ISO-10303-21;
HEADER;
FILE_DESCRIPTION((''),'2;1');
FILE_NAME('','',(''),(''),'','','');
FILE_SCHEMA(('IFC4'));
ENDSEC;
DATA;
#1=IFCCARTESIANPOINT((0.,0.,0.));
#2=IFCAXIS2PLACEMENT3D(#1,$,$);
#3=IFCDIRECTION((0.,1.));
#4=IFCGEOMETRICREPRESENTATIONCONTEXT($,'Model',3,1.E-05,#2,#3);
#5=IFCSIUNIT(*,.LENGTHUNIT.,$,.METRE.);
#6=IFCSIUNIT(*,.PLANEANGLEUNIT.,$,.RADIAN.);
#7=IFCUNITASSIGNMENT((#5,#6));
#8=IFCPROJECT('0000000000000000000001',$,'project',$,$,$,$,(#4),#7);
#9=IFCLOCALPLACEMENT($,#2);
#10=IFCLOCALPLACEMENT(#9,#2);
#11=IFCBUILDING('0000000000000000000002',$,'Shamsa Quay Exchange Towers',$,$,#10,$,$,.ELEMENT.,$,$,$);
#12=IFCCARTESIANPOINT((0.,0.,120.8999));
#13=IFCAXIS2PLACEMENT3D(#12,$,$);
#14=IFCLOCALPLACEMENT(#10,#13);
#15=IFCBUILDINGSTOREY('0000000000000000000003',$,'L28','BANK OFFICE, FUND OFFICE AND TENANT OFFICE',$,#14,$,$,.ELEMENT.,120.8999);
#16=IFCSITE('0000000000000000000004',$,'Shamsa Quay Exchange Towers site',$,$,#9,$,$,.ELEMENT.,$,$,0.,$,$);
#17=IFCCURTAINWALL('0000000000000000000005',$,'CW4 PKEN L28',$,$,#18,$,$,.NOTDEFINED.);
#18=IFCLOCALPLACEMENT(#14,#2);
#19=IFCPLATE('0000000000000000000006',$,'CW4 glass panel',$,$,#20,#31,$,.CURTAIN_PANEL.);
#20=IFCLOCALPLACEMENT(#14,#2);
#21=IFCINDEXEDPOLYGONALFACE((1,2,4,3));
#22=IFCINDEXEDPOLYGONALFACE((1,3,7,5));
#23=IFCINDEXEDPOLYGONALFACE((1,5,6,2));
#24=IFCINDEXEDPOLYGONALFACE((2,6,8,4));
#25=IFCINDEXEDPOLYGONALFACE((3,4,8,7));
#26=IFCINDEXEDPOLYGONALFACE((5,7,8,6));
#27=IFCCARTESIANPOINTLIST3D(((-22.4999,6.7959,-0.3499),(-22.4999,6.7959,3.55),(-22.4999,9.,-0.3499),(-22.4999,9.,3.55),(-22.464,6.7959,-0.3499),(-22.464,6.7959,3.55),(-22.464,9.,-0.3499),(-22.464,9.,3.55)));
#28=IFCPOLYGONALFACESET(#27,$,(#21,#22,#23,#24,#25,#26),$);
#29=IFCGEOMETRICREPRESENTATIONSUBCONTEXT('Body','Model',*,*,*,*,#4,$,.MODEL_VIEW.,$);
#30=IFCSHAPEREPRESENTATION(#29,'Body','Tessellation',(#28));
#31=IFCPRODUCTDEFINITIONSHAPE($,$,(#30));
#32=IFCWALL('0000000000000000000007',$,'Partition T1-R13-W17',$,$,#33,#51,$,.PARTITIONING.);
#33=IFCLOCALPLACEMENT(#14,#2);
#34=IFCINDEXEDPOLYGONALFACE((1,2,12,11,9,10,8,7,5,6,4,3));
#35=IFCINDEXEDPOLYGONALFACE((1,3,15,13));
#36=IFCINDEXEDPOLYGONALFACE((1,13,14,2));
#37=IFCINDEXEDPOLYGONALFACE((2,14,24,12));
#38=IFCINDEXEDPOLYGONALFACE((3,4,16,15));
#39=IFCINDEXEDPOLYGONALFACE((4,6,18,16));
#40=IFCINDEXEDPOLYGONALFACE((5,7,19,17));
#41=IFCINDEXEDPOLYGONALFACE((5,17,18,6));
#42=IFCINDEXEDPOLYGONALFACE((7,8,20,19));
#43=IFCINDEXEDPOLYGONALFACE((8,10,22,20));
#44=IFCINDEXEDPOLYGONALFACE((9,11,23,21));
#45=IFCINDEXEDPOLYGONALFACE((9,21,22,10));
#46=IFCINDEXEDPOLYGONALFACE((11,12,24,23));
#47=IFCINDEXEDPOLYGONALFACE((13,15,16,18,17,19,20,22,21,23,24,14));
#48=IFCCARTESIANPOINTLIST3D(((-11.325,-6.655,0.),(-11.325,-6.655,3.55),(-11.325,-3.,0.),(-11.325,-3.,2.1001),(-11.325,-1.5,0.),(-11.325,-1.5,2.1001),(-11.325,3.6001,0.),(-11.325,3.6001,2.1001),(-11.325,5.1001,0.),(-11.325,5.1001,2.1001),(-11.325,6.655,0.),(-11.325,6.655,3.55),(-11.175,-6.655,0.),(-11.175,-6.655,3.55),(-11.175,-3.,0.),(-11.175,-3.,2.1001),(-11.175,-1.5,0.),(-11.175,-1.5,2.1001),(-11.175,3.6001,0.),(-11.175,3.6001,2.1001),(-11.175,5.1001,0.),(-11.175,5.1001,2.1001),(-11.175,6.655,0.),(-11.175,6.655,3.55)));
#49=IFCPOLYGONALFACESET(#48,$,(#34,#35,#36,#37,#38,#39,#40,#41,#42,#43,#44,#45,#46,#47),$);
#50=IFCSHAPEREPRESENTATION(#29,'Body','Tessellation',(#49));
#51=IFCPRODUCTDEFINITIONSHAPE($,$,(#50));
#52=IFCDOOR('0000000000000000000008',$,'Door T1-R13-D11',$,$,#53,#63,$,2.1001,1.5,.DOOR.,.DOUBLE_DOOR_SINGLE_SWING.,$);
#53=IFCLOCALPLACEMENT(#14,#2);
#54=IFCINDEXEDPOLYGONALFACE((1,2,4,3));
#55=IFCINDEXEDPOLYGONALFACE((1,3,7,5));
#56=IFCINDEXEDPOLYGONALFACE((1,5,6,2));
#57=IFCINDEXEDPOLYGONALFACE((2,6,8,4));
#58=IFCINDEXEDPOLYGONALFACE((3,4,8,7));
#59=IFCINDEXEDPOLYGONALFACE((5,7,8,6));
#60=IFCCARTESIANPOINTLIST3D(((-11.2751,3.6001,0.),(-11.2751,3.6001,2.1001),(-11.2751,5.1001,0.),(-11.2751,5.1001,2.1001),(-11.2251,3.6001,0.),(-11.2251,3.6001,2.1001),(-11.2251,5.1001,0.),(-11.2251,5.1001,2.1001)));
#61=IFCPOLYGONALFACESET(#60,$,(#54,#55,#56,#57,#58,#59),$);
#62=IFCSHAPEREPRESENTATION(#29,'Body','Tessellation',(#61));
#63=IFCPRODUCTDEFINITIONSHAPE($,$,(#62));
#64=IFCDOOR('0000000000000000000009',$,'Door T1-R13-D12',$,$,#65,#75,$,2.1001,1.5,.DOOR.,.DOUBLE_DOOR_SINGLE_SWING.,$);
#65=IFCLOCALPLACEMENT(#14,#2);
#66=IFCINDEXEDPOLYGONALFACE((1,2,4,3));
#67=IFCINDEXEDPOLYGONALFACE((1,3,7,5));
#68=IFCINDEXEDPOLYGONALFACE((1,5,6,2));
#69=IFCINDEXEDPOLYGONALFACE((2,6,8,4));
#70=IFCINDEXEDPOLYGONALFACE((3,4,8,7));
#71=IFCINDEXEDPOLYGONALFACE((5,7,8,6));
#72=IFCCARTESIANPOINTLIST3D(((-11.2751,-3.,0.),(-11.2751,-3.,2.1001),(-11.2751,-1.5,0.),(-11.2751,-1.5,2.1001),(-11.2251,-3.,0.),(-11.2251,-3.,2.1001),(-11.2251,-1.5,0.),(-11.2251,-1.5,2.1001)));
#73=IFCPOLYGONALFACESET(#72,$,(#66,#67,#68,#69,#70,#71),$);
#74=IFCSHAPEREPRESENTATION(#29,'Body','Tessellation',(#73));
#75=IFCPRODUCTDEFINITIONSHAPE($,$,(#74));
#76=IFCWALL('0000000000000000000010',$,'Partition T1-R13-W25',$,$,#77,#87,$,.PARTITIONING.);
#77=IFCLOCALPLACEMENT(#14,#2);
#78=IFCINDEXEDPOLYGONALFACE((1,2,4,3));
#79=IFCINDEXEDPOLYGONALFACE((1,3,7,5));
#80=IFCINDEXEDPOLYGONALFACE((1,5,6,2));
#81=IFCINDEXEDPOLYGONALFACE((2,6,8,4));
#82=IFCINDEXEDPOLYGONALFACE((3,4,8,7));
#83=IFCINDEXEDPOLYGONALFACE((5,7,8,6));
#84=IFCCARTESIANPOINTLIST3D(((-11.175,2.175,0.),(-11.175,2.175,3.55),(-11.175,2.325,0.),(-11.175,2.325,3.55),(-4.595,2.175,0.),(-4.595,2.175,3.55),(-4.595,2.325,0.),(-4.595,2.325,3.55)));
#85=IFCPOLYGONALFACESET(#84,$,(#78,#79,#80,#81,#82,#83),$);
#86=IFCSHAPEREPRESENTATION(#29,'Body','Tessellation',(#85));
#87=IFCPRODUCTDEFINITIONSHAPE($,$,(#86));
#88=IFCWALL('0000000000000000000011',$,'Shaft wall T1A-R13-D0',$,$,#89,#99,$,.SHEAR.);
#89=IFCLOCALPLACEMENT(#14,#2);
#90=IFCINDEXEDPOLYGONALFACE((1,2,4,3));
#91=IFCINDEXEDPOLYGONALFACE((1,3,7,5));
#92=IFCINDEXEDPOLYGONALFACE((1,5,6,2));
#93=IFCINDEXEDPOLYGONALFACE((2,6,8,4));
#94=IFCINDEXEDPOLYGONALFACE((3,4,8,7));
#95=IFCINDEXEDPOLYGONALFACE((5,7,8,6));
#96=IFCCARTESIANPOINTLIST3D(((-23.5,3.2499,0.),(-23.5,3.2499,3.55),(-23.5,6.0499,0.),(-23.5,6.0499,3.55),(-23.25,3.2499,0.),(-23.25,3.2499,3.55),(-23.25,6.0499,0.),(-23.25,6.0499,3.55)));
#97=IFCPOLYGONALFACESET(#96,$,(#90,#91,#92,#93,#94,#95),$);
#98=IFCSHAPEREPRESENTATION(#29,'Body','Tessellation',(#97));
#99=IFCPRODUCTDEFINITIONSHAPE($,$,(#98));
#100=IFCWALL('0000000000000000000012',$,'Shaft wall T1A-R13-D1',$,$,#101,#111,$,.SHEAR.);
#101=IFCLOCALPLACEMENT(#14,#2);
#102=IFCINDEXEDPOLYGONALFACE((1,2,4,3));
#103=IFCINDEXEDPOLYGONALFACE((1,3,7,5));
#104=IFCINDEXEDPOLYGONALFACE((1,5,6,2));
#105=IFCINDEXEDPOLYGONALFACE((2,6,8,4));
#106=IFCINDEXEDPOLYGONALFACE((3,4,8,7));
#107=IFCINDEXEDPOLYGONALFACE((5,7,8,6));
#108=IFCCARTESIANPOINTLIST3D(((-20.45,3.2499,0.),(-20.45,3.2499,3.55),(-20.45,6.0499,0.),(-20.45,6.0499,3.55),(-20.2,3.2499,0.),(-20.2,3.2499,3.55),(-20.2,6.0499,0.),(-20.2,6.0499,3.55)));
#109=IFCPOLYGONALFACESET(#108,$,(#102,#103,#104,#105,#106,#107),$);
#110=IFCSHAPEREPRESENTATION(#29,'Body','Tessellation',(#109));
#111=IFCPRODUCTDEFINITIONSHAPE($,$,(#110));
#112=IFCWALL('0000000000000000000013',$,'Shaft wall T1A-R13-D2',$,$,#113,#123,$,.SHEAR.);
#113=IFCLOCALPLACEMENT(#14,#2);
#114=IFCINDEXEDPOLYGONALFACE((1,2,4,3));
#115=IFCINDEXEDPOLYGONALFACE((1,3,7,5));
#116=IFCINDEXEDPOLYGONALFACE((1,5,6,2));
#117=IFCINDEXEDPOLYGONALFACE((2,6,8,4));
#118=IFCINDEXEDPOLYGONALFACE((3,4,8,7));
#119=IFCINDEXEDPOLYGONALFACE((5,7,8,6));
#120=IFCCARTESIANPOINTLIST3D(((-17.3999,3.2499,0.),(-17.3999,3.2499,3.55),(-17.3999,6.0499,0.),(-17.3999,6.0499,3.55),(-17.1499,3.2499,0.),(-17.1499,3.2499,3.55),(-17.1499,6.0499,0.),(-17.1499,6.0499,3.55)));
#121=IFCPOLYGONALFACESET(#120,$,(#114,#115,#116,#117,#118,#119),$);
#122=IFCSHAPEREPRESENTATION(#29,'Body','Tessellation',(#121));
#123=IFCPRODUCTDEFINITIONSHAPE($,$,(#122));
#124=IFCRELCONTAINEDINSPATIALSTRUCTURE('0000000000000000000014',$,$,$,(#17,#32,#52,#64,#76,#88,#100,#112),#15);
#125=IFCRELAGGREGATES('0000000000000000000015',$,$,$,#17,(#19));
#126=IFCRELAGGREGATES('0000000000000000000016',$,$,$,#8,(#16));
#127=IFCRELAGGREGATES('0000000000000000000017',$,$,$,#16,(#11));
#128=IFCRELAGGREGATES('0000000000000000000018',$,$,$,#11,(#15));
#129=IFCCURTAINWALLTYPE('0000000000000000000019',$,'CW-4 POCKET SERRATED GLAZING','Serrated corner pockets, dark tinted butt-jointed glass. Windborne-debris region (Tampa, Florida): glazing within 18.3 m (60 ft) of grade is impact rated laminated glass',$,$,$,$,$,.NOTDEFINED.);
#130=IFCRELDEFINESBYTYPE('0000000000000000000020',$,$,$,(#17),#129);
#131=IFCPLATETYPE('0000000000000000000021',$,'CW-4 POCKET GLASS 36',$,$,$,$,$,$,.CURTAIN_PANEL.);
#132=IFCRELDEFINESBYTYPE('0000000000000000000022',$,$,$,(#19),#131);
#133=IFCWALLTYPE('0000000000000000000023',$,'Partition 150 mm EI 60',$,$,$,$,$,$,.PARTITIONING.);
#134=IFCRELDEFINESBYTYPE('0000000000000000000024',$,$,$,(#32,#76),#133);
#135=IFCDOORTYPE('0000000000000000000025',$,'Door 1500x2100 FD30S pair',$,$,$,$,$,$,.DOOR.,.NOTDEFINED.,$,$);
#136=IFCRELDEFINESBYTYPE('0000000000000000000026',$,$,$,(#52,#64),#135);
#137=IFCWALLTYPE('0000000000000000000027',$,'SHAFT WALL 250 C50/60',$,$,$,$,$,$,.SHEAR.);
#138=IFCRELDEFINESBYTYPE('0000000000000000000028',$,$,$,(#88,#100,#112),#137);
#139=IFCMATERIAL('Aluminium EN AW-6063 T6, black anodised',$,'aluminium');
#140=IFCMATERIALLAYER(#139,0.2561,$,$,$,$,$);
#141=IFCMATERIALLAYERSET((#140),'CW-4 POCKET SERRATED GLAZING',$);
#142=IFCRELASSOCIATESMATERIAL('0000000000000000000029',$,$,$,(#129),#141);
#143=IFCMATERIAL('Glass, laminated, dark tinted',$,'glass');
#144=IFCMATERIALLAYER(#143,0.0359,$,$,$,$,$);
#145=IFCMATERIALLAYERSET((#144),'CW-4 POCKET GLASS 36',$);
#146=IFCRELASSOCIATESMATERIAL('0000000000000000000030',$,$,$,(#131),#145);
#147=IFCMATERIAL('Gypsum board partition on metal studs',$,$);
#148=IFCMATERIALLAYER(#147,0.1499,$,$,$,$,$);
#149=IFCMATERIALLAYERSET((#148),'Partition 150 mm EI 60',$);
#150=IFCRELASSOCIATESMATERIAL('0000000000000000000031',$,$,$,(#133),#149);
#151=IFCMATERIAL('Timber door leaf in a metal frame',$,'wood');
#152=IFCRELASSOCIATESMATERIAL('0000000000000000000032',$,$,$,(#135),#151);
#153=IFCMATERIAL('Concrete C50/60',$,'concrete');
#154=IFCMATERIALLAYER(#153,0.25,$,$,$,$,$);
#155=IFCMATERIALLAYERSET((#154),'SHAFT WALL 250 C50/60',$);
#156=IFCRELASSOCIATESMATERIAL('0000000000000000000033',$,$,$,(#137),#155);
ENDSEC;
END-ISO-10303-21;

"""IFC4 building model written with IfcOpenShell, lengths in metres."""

from ifc_helpers import new_model, si_unit, direction, frame, frame_2d, origin, origin_2d, place, context, subcontext, project, spatial, rectangle, extrude, material, layer, layer_set, type_object, element, fill, aggregate, save


model = new_model("IFC4")

# Units and contexts
model_context = context("Model", 3, precision=1e-05, world=origin(), true_north=direction((0.0, 1.0)))
body_context = subcontext(model_context, "Body", "Model", "MODEL_VIEW")
ifc_project = project(units=[si_unit("LENGTHUNIT", "METRE"), si_unit("PLANEANGLEUNIT", "RADIAN")], contexts=[model_context])

# Site, building, storey
site_placement = place(None, origin())
site = spatial("IfcSite", under=ifc_project, at=site_placement, Name="Shamsa Quay Exchange Towers site", CompositionType="ELEMENT", RefElevation=0.0)
building_placement = place(site_placement, origin())
building = spatial("IfcBuilding", under=site, at=building_placement, Name="Shamsa Quay Exchange Towers", CompositionType="ELEMENT")
storey_placement = place(building_placement, frame((0.0, 0.0, 120.8999)))
storey = spatial("IfcBuildingStorey", under=building, at=storey_placement, Name="L28", Description="BANK OFFICE, FUND OFFICE AND TENANT OFFICE", CompositionType="ELEMENT", Elevation=120.8999)

# Shared definitions
ifc_material_1 = material(Name="Aluminium EN AW-6063 T6, black anodised", Category="aluminium")
ifc_material_2 = material(Name="Glass, laminated, dark tinted", Category="glass")

# Curtain wall, plate
ifc_layer_1 = layer(ifc_material_1, 0.2561)
ifc_layer_set_1 = layer_set([ifc_layer_1], Name="CW-4 POCKET SERRATED GLAZING")
curtain_wall_type_1 = type_object("IfcCurtainWallType", Name="CW-4 POCKET SERRATED GLAZING", Description="Serrated corner pockets, dark tinted butt-jointed glass. Windborne-debris region (Tampa, Florida): glazing within 18.3 m (60 ft) of grade is impact rated laminated glass", PredefinedType="NOTDEFINED", material=ifc_layer_set_1)
curtain_wall_1_placement = place(storey_placement, origin())
curtain_wall_1 = element("IfcCurtainWall", 1, at=curtain_wall_1_placement, inside=storey, type_object=curtain_wall_type_1, Name="CW4 PKEN L28", PredefinedType="NOTDEFINED")
ifc_layer_2 = layer(ifc_material_2, 0.0359)
ifc_layer_set_2 = layer_set([ifc_layer_2], Name="CW-4 POCKET GLASS 36")
plate_type_1 = type_object("IfcPlateType", Name="CW-4 POCKET GLASS 36", PredefinedType="CURTAIN_PANEL", material=ifc_layer_set_2)
plate_1_placement = place(storey_placement, frame((-22.4819, 7.8979, -0.3499), z_axis=(0.0, 0.0, 1.0), x_axis=(0.0, 1.0, 0.0)))
plate_1 = element("IfcPlate", 2, at=plate_1_placement, type_object=plate_type_1, Name="CW4 glass panel", PredefinedType="CURTAIN_PANEL", context=body_context, shape_type="SweptSolid", body=[
    extrude(rectangle(XDim=2.2041, YDim=0.0359, at=origin_2d()), origin(), (0.0, 0.0, 1.0), 3.8999),
])
aggregate(curtain_wall_1, [plate_1])

# Wall, openings, doors
ifc_material_3 = material(Name="Gypsum board partition on metal studs")
ifc_layer_3 = layer(ifc_material_3, 0.1499)
ifc_layer_set_3 = layer_set([ifc_layer_3], Name="Partition 150 mm EI 60")
wall_type_1 = type_object("IfcWallType", Name="Partition 150 mm EI 60", PredefinedType="PARTITIONING", material=ifc_layer_set_3)
wall_1_placement = place(storey_placement, frame((-11.25, 6.655, 0.0), z_axis=(0.0, 0.0, 1.0), x_axis=(0.0, -1.0, 0.0)))
wall_1 = element("IfcWall", 3, at=wall_1_placement, inside=storey, type_object=wall_type_1, Name="Partition T1-R13-W17", PredefinedType="PARTITIONING", context=body_context, shape_type="SweptSolid", body=[
    extrude(rectangle(XDim=13.3101, YDim=0.1499, at=frame_2d((6.655, 0.0))), origin(), (0.0, 0.0, 1.0), 3.55),
])
opening_1_placement = place(wall_1_placement, frame((1.5549, 0.0, 0.0)))
opening_1 = element("IfcOpeningElement", 4, at=opening_1_placement, cuts=wall_1, PredefinedType="OPENING", context=body_context, shape_type="SweptSolid", body=[
    extrude(rectangle(XDim=1.5, YDim=2.1001, at=frame_2d((0.75, 1.05))), frame((0.0, 0.085, 0.0), z_axis=(0.0, -1.0, 0.0), x_axis=(1.0, 0.0, 0.0)), (0.0, 0.0, 1.0), 0.1699),
])
opening_2_placement = place(wall_1_placement, frame((8.155, 0.0, 0.0)))
opening_2 = element("IfcOpeningElement", 5, at=opening_2_placement, cuts=wall_1, PredefinedType="OPENING", context=body_context, shape_type="SweptSolid", body=[
    extrude(rectangle(XDim=1.5, YDim=2.1001, at=frame_2d((0.75, 1.05))), frame((0.0, 0.085, 0.0), z_axis=(0.0, -1.0, 0.0), x_axis=(1.0, 0.0, 0.0)), (0.0, 0.0, 1.0), 0.1699),
])
ifc_material_4 = material(Name="Timber door leaf in a metal frame", Category="wood")
door_type_1 = type_object("IfcDoorType", Name="Door 1500x2100 FD30S pair", OperationType="NOTDEFINED", PredefinedType="DOOR", material=ifc_material_4)
door_1_placement = place(opening_1_placement, origin())
door_1 = element("IfcDoor", 6, at=door_1_placement, inside=storey, type_object=door_type_1, Name="Door T1-R13-D11", OperationType="DOUBLE_DOOR_SINGLE_SWING", OverallHeight=2.1001, OverallWidth=1.5, PredefinedType="DOOR", context=body_context, shape_type="SweptSolid", body=[
    extrude(rectangle(XDim=1.5, YDim=2.1001, at=frame_2d((0.75, 1.05))), frame((0.0, 0.0249, 0.0), z_axis=(0.0, -1.0, 0.0), x_axis=(1.0, 0.0, 0.0)), (0.0, 0.0, 1.0), 0.05),
])
fill(opening_1, door_1)
door_2_placement = place(opening_2_placement, origin())
door_2 = element("IfcDoor", 7, at=door_2_placement, inside=storey, type_object=door_type_1, Name="Door T1-R13-D12", OperationType="DOUBLE_DOOR_SINGLE_SWING", OverallHeight=2.1001, OverallWidth=1.5, PredefinedType="DOOR", context=body_context, shape_type="SweptSolid", body=[
    extrude(rectangle(XDim=1.5, YDim=2.1001, at=frame_2d((0.75, 1.05))), frame((0.0, 0.0249, 0.0), z_axis=(0.0, -1.0, 0.0), x_axis=(1.0, 0.0, 0.0)), (0.0, 0.0, 1.0), 0.05),
])
fill(opening_2, door_2)

# Walls
wall_2_placement = place(storey_placement, frame((-4.595, 2.25, 0.0), z_axis=(0.0, 0.0, 1.0), x_axis=(-1.0, 0.0, 0.0)))
element("IfcWall", 8, at=wall_2_placement, inside=storey, type_object=wall_type_1, Name="Partition T1-R13-W25", PredefinedType="PARTITIONING", context=body_context, shape_type="SweptSolid", body=[
    extrude(rectangle(XDim=6.5801, YDim=0.1499, at=frame_2d((3.29, 0.0))), origin(), (0.0, 0.0, 1.0), 3.55),
])
ifc_material_5 = material(Name="Concrete C50/60", Category="concrete")
ifc_layer_4 = layer(ifc_material_5, 0.25)
ifc_layer_set_4 = layer_set([ifc_layer_4], Name="SHAFT WALL 250 C50/60")
wall_type_2 = type_object("IfcWallType", Name="SHAFT WALL 250 C50/60", PredefinedType="SHEAR", material=ifc_layer_set_4)
for number, where, z_axis, x_axis, name in (
    (9, (-23.375, 3.25, 0.0), (0.0, 0.0, 1.0), (0.0, 1.0, 0.0), "Shaft wall T1A-R13-D0"),
    (10, (-20.325, 3.25, 0.0), (0.0, 0.0, 1.0), (0.0, 1.0, 0.0), "Shaft wall T1A-R13-D1"),
    (11, (-17.2749, 3.25, 0.0), (0.0, 0.0, 1.0), (0.0, 1.0, 0.0), "Shaft wall T1A-R13-D2"),
):
    element("IfcWall", number, at=place(storey_placement, frame(where, z_axis=z_axis, x_axis=x_axis)), inside=storey, type_object=wall_type_2, Name=name, PredefinedType="SHEAR", context=body_context, shape_type="SweptSolid", body=[
        extrude(rectangle(XDim=2.8, YDim=0.25, at=frame_2d((1.3999, 0.0))), origin(), (0.0, 0.0, 1.0), 3.55),
    ])

save(model, "model.ifc")
